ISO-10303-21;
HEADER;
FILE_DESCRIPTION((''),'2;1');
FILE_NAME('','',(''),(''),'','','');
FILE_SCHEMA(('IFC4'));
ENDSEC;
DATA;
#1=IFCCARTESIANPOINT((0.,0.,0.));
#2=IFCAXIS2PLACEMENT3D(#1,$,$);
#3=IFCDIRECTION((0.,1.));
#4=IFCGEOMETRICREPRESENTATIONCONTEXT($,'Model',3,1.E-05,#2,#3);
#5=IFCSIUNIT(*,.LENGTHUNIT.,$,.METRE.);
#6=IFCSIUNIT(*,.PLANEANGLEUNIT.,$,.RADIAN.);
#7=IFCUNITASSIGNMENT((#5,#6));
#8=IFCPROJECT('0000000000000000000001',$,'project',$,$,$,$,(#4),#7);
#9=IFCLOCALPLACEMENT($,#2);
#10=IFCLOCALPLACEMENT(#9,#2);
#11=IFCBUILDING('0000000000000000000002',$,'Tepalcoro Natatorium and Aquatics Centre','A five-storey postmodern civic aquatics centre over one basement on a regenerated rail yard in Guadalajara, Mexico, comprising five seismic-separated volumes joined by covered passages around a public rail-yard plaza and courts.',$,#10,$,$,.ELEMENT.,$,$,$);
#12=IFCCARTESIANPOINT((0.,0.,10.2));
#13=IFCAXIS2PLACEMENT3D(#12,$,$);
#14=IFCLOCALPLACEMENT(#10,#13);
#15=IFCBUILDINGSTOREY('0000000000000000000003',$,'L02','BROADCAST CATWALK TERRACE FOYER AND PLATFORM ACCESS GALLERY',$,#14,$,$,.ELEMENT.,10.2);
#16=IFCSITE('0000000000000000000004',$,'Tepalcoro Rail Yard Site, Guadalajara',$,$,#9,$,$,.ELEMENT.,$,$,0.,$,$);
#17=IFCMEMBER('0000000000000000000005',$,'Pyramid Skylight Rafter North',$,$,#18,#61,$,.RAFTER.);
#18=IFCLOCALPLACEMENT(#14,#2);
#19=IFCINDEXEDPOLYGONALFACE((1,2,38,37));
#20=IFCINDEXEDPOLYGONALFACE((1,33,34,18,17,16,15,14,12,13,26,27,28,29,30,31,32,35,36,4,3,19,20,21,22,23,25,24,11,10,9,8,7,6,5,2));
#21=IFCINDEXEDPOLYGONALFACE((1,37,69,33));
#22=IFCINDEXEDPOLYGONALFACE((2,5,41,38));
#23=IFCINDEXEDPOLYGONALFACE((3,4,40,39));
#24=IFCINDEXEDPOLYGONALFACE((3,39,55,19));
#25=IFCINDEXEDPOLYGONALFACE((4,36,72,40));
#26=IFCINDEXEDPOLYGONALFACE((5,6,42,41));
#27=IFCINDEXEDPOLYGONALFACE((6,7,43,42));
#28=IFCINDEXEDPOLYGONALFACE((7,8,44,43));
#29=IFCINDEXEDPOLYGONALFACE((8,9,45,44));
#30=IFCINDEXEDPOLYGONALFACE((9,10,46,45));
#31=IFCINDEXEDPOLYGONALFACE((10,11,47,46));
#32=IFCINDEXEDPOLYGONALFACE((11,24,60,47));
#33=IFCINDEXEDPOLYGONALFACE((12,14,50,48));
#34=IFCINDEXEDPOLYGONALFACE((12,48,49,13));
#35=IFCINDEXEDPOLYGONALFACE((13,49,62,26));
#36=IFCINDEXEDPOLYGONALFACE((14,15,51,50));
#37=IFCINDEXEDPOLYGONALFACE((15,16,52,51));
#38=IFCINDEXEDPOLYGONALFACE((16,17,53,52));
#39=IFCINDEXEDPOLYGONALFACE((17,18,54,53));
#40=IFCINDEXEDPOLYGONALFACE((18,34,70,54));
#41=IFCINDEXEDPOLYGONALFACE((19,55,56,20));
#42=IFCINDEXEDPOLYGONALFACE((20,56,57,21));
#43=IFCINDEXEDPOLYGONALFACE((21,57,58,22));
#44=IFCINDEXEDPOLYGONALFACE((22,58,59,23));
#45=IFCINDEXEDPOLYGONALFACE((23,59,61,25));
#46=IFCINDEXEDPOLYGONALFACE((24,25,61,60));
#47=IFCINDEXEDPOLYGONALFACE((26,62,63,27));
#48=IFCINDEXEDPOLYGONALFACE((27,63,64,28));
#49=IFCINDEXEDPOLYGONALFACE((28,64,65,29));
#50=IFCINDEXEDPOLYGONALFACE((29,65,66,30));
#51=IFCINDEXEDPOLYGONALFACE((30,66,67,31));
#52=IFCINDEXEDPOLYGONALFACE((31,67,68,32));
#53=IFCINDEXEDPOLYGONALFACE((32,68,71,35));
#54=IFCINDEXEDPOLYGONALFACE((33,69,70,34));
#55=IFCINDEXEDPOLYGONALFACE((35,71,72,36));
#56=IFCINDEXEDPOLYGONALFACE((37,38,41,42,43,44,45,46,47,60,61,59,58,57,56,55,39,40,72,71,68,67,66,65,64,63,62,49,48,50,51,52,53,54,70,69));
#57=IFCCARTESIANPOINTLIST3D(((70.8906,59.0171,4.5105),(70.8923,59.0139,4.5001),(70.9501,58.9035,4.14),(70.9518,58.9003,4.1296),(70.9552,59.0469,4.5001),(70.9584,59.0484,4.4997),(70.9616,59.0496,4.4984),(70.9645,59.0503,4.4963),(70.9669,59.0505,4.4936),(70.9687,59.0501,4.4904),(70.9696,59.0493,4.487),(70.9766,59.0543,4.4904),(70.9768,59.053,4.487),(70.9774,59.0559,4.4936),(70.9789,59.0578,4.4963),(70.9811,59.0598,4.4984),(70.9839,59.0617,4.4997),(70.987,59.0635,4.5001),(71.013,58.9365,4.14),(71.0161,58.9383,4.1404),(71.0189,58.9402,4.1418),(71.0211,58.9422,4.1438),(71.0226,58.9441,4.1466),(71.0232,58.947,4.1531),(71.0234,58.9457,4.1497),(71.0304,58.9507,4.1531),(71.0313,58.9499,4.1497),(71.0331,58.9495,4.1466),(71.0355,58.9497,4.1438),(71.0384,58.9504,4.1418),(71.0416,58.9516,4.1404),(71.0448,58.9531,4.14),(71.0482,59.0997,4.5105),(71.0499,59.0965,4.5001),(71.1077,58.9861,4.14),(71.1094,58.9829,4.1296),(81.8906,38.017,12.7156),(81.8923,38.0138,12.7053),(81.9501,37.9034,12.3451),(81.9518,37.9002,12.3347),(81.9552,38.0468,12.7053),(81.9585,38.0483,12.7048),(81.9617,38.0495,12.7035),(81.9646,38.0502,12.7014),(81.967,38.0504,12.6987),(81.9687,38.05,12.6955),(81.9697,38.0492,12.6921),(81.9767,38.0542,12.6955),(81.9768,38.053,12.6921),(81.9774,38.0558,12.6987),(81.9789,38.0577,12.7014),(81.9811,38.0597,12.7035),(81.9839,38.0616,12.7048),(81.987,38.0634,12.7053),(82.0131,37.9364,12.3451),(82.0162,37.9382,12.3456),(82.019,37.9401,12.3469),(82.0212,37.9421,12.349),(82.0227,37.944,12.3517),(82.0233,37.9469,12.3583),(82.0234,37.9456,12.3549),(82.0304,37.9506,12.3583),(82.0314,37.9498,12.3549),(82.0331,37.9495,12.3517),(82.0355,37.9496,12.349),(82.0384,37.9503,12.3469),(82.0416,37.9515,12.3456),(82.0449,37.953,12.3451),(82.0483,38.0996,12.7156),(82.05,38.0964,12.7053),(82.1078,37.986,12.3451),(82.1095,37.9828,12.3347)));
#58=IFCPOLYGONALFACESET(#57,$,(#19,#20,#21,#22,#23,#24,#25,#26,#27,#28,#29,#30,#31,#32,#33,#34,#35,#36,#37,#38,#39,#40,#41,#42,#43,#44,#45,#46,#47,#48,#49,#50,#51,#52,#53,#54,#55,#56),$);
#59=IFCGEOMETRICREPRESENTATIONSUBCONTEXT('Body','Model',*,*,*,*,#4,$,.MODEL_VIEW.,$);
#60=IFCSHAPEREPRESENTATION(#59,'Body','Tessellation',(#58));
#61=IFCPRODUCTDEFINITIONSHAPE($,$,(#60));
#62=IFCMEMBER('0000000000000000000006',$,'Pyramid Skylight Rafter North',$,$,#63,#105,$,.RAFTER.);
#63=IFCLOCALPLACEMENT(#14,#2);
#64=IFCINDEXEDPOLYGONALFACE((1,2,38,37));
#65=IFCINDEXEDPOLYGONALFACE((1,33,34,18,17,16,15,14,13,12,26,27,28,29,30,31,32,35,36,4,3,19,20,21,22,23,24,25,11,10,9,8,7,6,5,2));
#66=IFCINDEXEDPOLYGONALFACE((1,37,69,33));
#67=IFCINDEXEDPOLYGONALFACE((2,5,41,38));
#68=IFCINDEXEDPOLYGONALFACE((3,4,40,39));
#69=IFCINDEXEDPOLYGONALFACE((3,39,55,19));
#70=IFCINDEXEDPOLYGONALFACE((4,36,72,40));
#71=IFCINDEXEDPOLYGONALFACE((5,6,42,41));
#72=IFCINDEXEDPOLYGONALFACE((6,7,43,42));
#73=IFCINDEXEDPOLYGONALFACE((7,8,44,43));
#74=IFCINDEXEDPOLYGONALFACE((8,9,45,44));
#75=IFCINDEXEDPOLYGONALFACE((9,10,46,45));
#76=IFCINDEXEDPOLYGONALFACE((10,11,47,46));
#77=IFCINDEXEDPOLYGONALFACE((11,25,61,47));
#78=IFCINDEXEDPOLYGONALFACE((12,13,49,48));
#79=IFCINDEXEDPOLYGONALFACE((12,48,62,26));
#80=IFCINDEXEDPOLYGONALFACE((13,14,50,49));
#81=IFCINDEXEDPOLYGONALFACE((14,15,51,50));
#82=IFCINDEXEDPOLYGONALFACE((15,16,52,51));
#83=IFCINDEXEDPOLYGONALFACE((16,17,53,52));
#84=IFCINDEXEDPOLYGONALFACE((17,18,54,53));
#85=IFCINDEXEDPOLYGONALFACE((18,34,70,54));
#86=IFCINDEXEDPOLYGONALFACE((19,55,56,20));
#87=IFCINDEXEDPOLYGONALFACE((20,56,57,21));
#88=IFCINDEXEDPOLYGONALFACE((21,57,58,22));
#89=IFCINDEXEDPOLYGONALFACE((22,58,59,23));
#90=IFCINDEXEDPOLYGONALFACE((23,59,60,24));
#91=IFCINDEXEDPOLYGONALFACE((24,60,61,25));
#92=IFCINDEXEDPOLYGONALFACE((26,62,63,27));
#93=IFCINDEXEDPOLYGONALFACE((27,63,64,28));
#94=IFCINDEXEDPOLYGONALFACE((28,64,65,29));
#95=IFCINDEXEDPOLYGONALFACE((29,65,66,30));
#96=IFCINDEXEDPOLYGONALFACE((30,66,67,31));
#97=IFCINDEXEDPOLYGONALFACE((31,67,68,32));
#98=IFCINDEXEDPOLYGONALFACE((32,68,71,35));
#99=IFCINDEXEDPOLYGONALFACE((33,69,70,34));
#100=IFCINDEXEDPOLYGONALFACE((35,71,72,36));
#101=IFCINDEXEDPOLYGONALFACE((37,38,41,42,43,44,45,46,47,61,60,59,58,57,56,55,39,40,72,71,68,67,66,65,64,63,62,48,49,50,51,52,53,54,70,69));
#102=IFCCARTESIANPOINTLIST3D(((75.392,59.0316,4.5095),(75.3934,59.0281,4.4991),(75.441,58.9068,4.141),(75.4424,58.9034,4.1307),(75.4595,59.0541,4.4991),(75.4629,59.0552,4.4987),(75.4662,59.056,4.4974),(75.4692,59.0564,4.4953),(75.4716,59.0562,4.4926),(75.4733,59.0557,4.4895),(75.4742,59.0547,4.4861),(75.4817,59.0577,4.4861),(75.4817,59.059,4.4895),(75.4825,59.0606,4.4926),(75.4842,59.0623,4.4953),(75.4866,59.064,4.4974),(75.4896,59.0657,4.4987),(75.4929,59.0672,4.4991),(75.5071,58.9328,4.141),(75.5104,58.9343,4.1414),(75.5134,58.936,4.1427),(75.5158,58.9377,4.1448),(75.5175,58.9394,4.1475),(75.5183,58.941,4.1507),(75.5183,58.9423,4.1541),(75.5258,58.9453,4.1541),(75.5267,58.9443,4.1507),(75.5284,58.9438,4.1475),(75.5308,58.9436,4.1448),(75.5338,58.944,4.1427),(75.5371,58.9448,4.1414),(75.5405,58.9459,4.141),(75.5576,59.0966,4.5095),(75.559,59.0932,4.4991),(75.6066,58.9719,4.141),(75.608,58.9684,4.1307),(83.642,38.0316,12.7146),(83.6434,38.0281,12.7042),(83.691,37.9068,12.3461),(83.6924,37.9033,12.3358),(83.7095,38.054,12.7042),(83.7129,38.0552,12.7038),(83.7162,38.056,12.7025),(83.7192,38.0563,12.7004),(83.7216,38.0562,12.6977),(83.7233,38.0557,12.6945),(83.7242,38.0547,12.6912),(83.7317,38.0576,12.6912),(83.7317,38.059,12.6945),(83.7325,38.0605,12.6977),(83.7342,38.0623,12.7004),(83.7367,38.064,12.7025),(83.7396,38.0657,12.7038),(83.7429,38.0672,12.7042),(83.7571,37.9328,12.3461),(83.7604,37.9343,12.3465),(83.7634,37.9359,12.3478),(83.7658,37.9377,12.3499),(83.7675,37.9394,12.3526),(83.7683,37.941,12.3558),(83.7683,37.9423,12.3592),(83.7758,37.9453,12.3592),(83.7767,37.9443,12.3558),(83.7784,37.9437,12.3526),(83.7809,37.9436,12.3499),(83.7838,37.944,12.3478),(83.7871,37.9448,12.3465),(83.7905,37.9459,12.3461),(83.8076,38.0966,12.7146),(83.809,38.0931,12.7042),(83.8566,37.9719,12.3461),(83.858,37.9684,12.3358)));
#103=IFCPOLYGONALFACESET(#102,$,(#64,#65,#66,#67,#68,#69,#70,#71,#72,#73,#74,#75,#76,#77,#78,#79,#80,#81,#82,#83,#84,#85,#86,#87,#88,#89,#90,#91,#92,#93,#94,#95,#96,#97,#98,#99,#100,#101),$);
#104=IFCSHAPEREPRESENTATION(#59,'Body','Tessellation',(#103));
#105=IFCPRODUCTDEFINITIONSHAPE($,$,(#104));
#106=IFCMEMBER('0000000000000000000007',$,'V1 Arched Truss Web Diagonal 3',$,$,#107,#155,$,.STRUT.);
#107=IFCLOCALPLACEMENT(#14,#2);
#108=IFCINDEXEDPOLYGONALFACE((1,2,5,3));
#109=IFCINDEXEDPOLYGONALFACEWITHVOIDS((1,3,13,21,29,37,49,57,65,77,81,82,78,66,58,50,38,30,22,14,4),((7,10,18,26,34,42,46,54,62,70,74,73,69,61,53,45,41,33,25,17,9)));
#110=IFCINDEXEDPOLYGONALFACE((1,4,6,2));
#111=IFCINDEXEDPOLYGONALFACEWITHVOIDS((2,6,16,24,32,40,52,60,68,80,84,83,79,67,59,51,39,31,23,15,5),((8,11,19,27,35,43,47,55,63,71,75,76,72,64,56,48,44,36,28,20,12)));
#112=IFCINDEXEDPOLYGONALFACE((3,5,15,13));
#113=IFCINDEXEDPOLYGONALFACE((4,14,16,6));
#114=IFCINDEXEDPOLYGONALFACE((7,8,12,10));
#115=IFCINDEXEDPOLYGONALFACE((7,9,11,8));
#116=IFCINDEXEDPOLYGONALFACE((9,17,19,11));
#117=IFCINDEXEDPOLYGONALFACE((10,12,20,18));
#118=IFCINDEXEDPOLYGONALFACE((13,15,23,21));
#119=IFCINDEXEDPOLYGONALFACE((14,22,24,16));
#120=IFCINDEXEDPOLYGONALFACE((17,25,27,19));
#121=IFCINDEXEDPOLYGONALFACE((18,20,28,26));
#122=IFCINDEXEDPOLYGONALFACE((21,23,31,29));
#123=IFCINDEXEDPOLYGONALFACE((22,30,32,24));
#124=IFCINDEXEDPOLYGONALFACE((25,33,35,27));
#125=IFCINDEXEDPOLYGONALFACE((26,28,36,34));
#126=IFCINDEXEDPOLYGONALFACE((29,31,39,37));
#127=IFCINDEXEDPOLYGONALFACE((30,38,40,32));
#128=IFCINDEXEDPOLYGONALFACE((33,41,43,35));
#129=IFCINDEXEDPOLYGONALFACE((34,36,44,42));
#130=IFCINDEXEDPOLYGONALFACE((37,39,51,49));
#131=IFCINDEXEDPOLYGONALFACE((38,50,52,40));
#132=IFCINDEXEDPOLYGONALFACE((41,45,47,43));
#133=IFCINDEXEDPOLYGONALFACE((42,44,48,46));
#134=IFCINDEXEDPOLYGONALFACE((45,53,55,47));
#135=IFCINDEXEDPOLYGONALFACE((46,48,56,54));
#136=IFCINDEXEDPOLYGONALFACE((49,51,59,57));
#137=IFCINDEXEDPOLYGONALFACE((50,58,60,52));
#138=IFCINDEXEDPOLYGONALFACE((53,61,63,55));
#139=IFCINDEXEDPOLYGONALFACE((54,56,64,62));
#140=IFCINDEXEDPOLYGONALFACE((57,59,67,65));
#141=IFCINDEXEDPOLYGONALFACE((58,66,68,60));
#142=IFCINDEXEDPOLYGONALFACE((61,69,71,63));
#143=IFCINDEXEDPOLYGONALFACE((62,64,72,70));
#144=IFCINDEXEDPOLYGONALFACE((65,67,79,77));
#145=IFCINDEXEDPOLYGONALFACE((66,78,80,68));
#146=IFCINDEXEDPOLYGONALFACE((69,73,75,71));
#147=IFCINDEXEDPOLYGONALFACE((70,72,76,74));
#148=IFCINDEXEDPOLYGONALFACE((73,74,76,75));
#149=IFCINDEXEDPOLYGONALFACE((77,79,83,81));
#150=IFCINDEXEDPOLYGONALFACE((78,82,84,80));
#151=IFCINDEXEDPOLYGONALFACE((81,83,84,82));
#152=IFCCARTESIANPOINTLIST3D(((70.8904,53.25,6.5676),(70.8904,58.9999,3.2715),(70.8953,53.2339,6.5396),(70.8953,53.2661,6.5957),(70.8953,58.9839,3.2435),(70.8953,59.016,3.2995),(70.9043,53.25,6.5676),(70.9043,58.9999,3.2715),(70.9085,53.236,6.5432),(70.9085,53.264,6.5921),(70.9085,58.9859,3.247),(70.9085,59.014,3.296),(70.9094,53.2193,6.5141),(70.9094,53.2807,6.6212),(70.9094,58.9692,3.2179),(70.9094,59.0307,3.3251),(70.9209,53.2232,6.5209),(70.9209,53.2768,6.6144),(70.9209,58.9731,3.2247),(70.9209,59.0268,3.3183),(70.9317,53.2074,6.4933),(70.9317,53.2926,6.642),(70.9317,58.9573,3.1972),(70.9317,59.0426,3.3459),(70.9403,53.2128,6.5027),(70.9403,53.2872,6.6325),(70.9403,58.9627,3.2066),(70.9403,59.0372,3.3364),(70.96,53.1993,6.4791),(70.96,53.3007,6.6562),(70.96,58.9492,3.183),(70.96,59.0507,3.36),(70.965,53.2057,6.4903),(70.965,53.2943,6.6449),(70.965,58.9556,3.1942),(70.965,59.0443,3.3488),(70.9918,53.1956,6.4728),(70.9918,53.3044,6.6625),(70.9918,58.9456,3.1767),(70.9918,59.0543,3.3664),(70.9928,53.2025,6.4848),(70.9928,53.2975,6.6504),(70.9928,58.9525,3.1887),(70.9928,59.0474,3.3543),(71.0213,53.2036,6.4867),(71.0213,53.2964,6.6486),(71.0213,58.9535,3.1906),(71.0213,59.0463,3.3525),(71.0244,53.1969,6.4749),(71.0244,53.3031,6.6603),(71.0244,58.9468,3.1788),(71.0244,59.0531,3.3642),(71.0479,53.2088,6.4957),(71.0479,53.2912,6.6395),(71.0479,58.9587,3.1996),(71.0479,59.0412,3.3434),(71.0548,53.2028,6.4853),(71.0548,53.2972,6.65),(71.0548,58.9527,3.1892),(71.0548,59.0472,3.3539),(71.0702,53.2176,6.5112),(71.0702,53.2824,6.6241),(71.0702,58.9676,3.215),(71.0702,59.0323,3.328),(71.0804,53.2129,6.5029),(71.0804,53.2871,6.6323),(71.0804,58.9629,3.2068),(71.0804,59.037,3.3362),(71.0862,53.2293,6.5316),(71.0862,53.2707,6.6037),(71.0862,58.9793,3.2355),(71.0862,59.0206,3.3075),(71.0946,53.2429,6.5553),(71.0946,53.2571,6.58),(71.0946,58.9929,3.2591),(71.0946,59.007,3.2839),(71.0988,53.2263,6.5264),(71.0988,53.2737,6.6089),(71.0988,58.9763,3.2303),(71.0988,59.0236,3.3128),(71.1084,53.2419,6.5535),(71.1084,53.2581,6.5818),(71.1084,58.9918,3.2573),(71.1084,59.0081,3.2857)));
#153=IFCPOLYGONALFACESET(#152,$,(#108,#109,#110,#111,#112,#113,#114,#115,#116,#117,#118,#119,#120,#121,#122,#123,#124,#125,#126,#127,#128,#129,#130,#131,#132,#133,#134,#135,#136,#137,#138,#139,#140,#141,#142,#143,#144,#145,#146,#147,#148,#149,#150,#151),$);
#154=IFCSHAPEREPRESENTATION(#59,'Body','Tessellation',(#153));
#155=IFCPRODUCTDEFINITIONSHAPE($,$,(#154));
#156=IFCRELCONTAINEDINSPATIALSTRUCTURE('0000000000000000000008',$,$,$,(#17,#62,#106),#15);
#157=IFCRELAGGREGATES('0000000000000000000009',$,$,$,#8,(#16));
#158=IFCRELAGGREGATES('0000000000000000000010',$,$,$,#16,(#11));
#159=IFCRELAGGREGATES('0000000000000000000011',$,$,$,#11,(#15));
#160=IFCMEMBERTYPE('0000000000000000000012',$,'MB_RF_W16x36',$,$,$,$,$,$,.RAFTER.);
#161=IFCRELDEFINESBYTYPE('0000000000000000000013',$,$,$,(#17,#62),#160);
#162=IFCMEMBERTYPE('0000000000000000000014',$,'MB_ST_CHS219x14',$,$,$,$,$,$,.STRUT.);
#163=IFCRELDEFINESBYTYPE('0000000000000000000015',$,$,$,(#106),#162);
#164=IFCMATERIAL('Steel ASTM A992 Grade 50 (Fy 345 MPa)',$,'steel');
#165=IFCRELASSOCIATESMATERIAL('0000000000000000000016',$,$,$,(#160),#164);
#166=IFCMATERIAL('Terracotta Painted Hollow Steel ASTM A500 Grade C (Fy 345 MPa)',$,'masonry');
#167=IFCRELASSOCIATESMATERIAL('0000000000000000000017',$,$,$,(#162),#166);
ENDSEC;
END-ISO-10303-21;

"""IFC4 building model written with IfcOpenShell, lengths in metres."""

from ifc_helpers import new_model, si_unit, direction, frame, origin, origin_2d, place, context, subcontext, project, spatial, hollow_circle, i_section, extrude, material, material_profile, profile_set, type_object, element, save


model = new_model("IFC4")

# Units and contexts
model_context = context("Model", 3, precision=1e-05, world=origin(), true_north=direction((0.0, 1.0)))
body_context = subcontext(model_context, "Body", "Model", "MODEL_VIEW")
ifc_project = project(units=[si_unit("LENGTHUNIT", "METRE"), si_unit("PLANEANGLEUNIT", "RADIAN")], contexts=[model_context])

# Site, building, storey
site_placement = place(None, origin())
site = spatial("IfcSite", under=ifc_project, at=site_placement, Name="Tepalcoro Rail Yard Site, Guadalajara", CompositionType="ELEMENT", RefElevation=0.0)
building_placement = place(site_placement, origin())
building = spatial("IfcBuilding", under=site, at=building_placement, Name="Tepalcoro Natatorium and Aquatics Centre", Description="A five-storey postmodern civic aquatics centre over one basement on a regenerated rail yard in Guadalajara, Mexico, comprising five seismic-separated volumes joined by covered passages around a public rail-yard plaza and courts.", CompositionType="ELEMENT")
storey_placement = place(building_placement, frame((0.0, 0.0, 10.2)))
storey = spatial("IfcBuildingStorey", under=building, at=storey_placement, Name="L02", Description="BROADCAST CATWALK TERRACE FOYER AND PLATFORM ACCESS GALLERY", CompositionType="ELEMENT", Elevation=10.2)

# Shared definitions
ifc_material_1 = material(Name="Steel ASTM A992 Grade 50 (Fy 345 MPa)", Category="steel")

# Shared definitions
ifc_material_2 = material(Name="Terracotta Painted Hollow Steel ASTM A500 Grade C (Fy 345 MPa)", Category="masonry")

# Members
ifc_material_profile_1 = material_profile(ifc_material_1, i_section(OverallWidth=0.178, OverallDepth=0.4031, WebThickness=0.0081, FlangeThickness=0.011, FilletRadius=0.0139, at=origin_2d()), Name="W16X36")
ifc_profile_set_1 = profile_set([ifc_material_profile_1], Name="Steel ASTM A992 Grade 50 (Fy 345 MPa)")
member_type_1 = type_object("IfcMemberType", Name="MB_RF_W16x36", PredefinedType="RAFTER", material=ifc_profile_set_1)
member_1_placement = place(storey_placement, frame((71.0, 59.0, 4.3201), z_axis=(0.438486, -0.83711, 0.327074), x_axis=(0.885832, 0.464007, 0.0)))
element("IfcMember", 1, at=member_1_placement, inside=storey, type_object=member_type_1, Name="Pyramid Skylight Rafter North", PredefinedType="RAFTER", context=body_context, shape_type="SweptSolid", body=[
    extrude(i_section(OverallWidth=0.178, OverallDepth=0.4031, WebThickness=0.0081, FlangeThickness=0.011, FilletRadius=0.0139, at=origin_2d()), origin(), (0.0, 0.0, 1.0), 25.0864),
])
member_2_placement = place(storey_placement, frame((75.5, 59.0, 4.3201), z_axis=(0.343635, -0.874707, 0.341764), x_axis=(0.930751, 0.365652, 0.0)))
element("IfcMember", 2, at=member_2_placement, inside=storey, type_object=member_type_1, Name="Pyramid Skylight Rafter North", PredefinedType="RAFTER", context=body_context, shape_type="SweptSolid", body=[
    extrude(i_section(OverallWidth=0.178, OverallDepth=0.4031, WebThickness=0.0081, FlangeThickness=0.011, FilletRadius=0.0139, at=origin_2d()), origin(), (0.0, 0.0, 1.0), 24.0081),
])
ifc_material_profile_2 = material_profile(ifc_material_2, hollow_circle(Radius=0.1096, WallThickness=0.0139, at=origin_2d()), Name="CHS219X14")
ifc_profile_set_2 = profile_set([ifc_material_profile_2], Name="Terracotta Painted Hollow Steel ASTM A500 Grade C (Fy 345 MPa)")
member_type_2 = type_object("IfcMemberType", Name="MB_ST_CHS219x14", PredefinedType="STRUT", material=ifc_profile_set_2)
member_3_placement = place(storey_placement, frame((71.0, 53.25, 6.5676), z_axis=(0.0, 0.867565, -0.497325), x_axis=(-1.0, 0.0, 0.0)))
element("IfcMember", 3, at=member_3_placement, inside=storey, type_object=member_type_2, Name="V1 Arched Truss Web Diagonal 3", PredefinedType="STRUT", context=body_context, shape_type="SweptSolid", body=[
    extrude(hollow_circle(Radius=0.1096, WallThickness=0.0139, at=origin_2d()), origin(), (0.0, 0.0, 1.0), 6.6277),
])

save(model, "model.ifc")
